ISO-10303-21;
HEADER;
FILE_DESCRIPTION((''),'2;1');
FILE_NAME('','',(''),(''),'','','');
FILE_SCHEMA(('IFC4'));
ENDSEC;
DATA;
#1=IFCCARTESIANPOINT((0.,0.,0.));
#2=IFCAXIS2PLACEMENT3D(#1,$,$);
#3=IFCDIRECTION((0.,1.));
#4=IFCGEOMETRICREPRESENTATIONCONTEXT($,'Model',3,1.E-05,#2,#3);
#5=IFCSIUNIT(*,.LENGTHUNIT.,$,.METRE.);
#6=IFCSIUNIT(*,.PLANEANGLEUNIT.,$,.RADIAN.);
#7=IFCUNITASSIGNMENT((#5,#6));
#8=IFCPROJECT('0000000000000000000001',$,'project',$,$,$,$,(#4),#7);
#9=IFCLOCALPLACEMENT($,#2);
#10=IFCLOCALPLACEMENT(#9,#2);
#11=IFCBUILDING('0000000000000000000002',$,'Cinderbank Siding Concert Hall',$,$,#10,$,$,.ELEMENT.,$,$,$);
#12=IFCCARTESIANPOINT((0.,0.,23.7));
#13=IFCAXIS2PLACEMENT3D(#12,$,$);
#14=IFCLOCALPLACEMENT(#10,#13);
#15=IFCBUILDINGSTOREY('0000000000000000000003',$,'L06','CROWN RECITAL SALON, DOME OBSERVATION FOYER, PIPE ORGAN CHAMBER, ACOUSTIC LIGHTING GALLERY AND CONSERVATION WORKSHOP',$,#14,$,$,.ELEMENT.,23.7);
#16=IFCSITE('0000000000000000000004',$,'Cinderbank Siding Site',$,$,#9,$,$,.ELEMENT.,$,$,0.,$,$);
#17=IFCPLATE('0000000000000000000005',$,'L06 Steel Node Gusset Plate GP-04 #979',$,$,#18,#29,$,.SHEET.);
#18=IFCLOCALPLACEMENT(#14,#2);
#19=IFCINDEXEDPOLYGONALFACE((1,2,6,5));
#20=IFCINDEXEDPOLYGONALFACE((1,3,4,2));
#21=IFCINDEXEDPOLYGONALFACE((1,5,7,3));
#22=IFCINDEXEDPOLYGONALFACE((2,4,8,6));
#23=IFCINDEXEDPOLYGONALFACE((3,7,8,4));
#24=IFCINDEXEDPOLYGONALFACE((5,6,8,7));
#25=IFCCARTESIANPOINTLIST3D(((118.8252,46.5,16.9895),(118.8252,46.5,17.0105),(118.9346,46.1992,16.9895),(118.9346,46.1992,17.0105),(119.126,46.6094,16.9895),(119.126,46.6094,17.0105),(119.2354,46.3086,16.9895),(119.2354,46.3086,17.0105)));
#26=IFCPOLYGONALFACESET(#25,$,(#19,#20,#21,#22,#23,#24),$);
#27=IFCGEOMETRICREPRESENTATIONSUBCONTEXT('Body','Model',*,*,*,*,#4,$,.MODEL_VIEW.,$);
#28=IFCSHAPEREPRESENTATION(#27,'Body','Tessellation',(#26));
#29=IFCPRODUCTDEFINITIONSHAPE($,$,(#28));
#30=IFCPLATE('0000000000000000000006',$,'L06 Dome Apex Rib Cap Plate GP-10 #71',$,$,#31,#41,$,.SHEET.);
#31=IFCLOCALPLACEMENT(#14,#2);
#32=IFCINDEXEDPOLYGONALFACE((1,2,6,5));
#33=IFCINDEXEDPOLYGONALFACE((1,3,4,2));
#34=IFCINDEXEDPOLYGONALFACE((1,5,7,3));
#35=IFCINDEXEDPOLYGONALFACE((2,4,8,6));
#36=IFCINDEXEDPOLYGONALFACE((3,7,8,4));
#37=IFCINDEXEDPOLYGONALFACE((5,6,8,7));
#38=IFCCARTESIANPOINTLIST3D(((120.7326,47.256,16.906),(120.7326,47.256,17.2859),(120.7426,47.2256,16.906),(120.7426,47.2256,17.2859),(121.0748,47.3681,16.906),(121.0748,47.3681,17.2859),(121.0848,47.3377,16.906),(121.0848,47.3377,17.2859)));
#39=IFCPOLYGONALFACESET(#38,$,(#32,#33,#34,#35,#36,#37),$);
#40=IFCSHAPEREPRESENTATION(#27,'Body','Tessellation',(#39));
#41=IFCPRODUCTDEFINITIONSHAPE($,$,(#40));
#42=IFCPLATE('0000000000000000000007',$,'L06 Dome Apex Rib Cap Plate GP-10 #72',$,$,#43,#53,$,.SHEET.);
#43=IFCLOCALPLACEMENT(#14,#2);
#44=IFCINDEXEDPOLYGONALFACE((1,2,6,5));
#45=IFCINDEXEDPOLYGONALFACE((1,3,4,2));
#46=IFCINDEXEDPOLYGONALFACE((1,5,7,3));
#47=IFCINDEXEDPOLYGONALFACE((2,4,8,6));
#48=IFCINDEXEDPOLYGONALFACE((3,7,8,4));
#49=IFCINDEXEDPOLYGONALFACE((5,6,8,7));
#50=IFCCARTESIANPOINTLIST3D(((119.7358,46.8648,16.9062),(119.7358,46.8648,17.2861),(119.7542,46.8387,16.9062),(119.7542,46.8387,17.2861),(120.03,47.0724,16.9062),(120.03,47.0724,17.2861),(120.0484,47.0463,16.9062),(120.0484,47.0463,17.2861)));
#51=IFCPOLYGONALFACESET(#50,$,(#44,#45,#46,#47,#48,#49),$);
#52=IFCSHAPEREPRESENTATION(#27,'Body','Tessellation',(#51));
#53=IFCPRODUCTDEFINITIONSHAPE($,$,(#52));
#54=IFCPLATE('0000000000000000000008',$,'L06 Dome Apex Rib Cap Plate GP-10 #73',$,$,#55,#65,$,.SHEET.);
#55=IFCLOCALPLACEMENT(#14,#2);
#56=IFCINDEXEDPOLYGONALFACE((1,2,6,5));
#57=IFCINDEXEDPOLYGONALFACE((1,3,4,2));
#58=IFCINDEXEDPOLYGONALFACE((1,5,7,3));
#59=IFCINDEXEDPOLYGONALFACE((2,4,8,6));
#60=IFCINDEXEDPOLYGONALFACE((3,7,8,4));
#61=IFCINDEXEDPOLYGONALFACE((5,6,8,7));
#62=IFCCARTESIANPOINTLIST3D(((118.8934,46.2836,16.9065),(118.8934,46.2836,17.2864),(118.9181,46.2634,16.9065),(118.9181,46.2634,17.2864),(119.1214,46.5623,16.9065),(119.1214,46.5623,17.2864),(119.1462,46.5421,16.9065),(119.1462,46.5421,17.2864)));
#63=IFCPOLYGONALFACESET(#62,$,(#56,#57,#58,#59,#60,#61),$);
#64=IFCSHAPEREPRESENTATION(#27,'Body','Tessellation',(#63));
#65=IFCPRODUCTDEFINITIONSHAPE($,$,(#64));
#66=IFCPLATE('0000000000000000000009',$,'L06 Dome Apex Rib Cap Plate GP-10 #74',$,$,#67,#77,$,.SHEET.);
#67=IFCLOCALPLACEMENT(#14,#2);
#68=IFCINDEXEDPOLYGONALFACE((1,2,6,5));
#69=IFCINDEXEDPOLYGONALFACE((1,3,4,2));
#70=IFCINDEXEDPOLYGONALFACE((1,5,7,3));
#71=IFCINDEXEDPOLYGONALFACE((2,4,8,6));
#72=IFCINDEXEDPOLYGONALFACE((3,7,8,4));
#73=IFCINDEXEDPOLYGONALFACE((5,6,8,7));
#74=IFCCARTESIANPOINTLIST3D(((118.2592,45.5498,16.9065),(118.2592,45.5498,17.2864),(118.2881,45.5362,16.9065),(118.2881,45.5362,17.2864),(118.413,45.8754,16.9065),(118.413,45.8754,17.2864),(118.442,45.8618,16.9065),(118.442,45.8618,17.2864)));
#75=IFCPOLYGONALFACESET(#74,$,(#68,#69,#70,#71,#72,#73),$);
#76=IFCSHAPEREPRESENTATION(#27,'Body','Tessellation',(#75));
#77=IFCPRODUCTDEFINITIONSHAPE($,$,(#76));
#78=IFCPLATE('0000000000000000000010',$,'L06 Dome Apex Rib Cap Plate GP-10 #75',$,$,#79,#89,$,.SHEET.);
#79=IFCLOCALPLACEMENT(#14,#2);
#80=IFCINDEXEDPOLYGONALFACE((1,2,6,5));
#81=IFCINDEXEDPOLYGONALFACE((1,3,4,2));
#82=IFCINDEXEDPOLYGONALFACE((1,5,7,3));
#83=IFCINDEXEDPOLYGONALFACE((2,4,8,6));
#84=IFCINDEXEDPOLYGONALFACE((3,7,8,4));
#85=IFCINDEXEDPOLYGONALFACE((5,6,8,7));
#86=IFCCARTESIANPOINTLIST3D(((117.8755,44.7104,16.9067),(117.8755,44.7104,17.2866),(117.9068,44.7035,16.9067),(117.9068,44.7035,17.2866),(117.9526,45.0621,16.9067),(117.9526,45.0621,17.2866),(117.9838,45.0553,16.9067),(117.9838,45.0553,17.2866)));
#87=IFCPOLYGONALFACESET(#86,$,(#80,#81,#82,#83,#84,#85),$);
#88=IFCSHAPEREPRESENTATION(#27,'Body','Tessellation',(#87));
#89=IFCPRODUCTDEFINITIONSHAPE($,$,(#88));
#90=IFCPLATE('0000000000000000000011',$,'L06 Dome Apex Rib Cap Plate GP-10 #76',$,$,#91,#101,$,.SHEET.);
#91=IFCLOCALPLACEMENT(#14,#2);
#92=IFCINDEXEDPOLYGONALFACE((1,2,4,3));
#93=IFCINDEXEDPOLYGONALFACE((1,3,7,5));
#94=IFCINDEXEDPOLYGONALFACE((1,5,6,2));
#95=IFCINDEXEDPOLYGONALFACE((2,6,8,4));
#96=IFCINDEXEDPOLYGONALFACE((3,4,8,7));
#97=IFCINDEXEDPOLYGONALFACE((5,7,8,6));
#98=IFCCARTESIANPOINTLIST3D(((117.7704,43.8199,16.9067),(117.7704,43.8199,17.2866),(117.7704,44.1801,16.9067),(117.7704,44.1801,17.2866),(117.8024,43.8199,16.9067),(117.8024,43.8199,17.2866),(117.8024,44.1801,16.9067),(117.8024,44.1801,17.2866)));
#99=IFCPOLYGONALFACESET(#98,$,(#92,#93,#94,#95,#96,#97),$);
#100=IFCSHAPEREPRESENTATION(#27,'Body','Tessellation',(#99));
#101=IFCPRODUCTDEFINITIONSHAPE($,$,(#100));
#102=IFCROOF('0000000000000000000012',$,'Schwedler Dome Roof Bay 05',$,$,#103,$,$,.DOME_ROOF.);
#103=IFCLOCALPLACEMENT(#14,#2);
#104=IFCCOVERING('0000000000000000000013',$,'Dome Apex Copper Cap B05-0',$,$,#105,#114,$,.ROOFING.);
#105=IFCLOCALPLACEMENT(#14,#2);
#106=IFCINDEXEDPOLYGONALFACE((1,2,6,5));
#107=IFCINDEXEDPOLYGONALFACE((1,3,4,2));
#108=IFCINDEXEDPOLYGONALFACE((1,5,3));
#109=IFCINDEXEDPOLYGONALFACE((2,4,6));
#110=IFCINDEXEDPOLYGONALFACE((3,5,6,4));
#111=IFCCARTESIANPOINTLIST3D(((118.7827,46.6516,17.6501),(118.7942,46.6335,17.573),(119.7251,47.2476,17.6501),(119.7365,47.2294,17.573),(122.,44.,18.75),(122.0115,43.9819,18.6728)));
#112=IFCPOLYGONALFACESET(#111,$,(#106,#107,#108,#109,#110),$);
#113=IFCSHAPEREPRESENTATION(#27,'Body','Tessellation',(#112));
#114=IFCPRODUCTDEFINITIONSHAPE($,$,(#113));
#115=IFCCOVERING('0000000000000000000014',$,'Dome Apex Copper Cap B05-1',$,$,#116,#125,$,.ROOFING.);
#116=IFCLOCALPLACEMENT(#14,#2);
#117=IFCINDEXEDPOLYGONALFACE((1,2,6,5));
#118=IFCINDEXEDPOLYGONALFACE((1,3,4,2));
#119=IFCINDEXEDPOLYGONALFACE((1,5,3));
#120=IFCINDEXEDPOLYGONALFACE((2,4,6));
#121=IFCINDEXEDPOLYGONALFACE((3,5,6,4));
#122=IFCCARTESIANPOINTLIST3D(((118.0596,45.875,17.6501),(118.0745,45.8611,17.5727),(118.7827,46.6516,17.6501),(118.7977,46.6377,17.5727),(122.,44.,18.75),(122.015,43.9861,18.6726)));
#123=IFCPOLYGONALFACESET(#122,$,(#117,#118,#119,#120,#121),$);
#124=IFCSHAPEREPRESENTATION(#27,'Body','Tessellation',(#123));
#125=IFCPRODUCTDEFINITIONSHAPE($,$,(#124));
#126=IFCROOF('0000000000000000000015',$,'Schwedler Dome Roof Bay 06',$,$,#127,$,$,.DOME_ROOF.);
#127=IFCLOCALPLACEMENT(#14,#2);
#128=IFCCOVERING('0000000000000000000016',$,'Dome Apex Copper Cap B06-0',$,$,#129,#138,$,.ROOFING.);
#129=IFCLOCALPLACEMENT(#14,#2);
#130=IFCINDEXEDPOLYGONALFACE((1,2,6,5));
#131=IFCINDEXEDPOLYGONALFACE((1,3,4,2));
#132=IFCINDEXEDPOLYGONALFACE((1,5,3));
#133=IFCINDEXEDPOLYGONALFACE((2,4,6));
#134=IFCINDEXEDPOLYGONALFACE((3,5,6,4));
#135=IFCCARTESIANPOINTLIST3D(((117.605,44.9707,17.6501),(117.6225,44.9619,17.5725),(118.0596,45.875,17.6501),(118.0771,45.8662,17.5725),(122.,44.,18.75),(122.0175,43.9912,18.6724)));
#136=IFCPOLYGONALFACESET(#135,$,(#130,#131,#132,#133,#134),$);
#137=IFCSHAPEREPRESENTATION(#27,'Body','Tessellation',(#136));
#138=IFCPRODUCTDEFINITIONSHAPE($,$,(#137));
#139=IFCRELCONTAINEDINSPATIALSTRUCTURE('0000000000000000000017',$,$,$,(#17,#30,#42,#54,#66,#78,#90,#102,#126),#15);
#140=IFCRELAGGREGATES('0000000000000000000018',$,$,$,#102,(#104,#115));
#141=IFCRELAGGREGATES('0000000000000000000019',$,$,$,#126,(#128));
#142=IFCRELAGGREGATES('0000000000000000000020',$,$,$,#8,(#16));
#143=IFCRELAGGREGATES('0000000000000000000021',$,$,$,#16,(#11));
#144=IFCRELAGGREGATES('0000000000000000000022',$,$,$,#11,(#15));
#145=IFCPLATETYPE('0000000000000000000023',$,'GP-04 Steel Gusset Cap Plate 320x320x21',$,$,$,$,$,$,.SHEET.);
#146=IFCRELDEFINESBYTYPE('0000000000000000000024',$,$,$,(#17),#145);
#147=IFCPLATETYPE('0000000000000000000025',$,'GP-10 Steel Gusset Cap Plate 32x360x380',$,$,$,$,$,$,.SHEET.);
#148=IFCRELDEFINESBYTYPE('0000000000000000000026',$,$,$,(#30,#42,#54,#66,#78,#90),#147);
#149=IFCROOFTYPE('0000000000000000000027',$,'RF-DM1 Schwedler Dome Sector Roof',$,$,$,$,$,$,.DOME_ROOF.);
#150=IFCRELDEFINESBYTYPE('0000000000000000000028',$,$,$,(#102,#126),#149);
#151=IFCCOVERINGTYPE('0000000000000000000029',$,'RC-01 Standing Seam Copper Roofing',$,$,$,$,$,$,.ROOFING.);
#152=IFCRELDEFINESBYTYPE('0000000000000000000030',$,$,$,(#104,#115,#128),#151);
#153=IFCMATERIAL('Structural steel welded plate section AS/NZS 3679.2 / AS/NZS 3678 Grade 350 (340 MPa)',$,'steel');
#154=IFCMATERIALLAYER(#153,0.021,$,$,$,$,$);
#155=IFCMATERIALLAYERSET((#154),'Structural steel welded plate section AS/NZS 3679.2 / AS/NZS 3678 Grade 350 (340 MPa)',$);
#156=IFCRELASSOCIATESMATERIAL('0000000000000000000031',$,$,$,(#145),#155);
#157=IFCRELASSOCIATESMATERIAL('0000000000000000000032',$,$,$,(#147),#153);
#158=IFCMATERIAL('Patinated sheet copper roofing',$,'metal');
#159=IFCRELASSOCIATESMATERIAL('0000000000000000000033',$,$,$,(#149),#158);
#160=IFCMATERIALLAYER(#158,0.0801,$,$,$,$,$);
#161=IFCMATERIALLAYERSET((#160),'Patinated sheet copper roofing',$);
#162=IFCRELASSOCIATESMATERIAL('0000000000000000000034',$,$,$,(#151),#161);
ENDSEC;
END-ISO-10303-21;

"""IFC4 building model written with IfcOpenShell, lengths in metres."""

from ifc_helpers import new_model, si_unit, direction, frame, origin, origin_2d, place, context, subcontext, project, spatial, polyline, rectangle, outline, extrude, material, layer, layer_set, type_object, element, aggregate, save


model = new_model("IFC4")

# Units and contexts
model_context = context("Model", 3, precision=1e-05, world=origin(), true_north=direction((0.0, 1.0)))
body_context = subcontext(model_context, "Body", "Model", "MODEL_VIEW")
ifc_project = project(units=[si_unit("LENGTHUNIT", "METRE"), si_unit("PLANEANGLEUNIT", "RADIAN")], contexts=[model_context])

# Site, building, storey
site_placement = place(None, origin())
site = spatial("IfcSite", under=ifc_project, at=site_placement, Name="Cinderbank Siding Site", CompositionType="ELEMENT", RefElevation=0.0)
building_placement = place(site_placement, origin())
building = spatial("IfcBuilding", under=site, at=building_placement, Name="Cinderbank Siding Concert Hall", CompositionType="ELEMENT")
storey_placement = place(building_placement, frame((0.0, 0.0, 23.7)))
storey = spatial("IfcBuildingStorey", under=building, at=storey_placement, Name="L06", Description="CROWN RECITAL SALON, DOME OBSERVATION FOYER, PIPE ORGAN CHAMBER, ACOUSTIC LIGHTING GALLERY AND CONSERVATION WORKSHOP", CompositionType="ELEMENT", Elevation=23.7)

# Plates
ifc_material_1 = material(Name="Structural steel welded plate section AS/NZS 3679.2 / AS/NZS 3678 Grade 350 (340 MPa)", Category="steel")
ifc_layer_1 = layer(ifc_material_1, 0.021)
ifc_layer_set_1 = layer_set([ifc_layer_1], Name="Structural steel welded plate section AS/NZS 3679.2 / AS/NZS 3678 Grade 350 (340 MPa)")
plate_type_1 = type_object("IfcPlateType", Name="GP-04 Steel Gusset Cap Plate 320x320x21", PredefinedType="SHEET", material=ifc_layer_set_1)
plate_1_placement = place(storey_placement, frame((119.0303, 46.4043, 16.9895), z_axis=(0.0, 0.0, 1.0), x_axis=(0.341692, -0.939812, 0.0)))
element("IfcPlate", 1, at=plate_1_placement, inside=storey, type_object=plate_type_1, Name="L06 Steel Node Gusset Plate GP-04 #979", PredefinedType="SHEET", context=body_context, shape_type="SweptSolid", body=[
    extrude(rectangle(XDim=0.3201, YDim=0.3201, at=origin_2d()), origin(), (0.0, 0.0, 1.0), 0.021),
])
plate_type_2 = type_object("IfcPlateType", Name="GP-10 Steel Gusset Cap Plate 32x360x380", PredefinedType="SHEET", material=ifc_material_1)
for number, where, z_axis, x_axis, name in (
    (2, (120.9087, 47.2969, 16.906), (0.0, 0.0, 1.0), (0.311174, -0.950353, 0.0), "L06 Dome Apex Rib Cap Plate GP-10 #71"),
    (3, (119.8921, 46.9556, 16.9062), (0.0, 0.0, 1.0), (0.576575, -0.817044, 0.0), "L06 Dome Apex Rib Cap Plate GP-10 #72"),
    (4, (119.0198, 46.4128, 16.9065), (0.0, 0.0, 1.0), (0.773951, -0.633246, 0.0), "L06 Dome Apex Rib Cap Plate GP-10 #73"),
    (5, (118.3506, 45.7058, 16.9065), (0.0, 0.0, 1.0), (0.904157, -0.4272, 0.0), "L06 Dome Apex Rib Cap Plate GP-10 #74"),
    (6, (117.9297, 44.8828, 16.9067), (0.0, 0.0, 1.0), (0.976822, -0.214053, 0.0), "L06 Dome Apex Rib Cap Plate GP-10 #75"),
    (7, (117.7864, 44.0, 16.9067), (0.0, 0.0, 1.0), (1.0, 0.0, 0.0), "L06 Dome Apex Rib Cap Plate GP-10 #76"),
):
    element("IfcPlate", number, at=place(storey_placement, frame(where, z_axis=z_axis, x_axis=x_axis)), inside=storey, type_object=plate_type_2, Name=name, PredefinedType="SHEET", context=body_context, shape_type="SweptSolid", body=[
        extrude(rectangle(XDim=0.032, YDim=0.3601, at=origin_2d()), origin(), (0.0, 0.0, 1.0), 0.3799),
    ])

# Roof, coverings
ifc_material_2 = material(Name="Patinated sheet copper roofing", Category="metal")
roof_type = type_object("IfcRoofType", Name="RF-DM1 Schwedler Dome Sector Roof", PredefinedType="DOME_ROOF", material=ifc_material_2)
roof_1_placement = place(storey_placement, origin())
roof_1 = element("IfcRoof", 8, at=roof_1_placement, inside=storey, type_object=roof_type, Name="Schwedler Dome Roof Bay 05", PredefinedType="DOME_ROOF")
ifc_layer_2 = layer(ifc_material_2, 0.0801)
ifc_layer_set_2 = layer_set([ifc_layer_2], Name="Patinated sheet copper roofing")
covering_type = type_object("IfcCoveringType", Name="RC-01 Standing Seam Copper Roofing", PredefinedType="ROOFING", material=ifc_layer_set_2)
covering_1_placement = place(storey_placement, frame((119.7251, 47.2476, 17.6501), z_axis=(-0.14301, 0.226145, 0.963539), x_axis=(-0.845182, -0.534479, 0.0)))
covering_1 = element("IfcCovering", 9, at=covering_1_placement, type_object=covering_type, Name="Dome Apex Copper Cap B05-0", PredefinedType="ROOFING", context=body_context, shape_type="SweptSolid", body=[
    extrude(outline(polyline([(0.0, 0.0), (1.115, 0.0), (-0.187, 4.1105), (0.0, 0.0)])), origin(), (0.0, 0.0, -1.0), 0.0801),
])
covering_2_placement = place(storey_placement, frame((118.7827, 46.6516, 17.6501), z_axis=(-0.187, 0.174125, 0.966805), x_axis=(-0.681465, -0.73185, 0.0)))
covering_2 = element("IfcCovering", 10, at=covering_2_placement, type_object=covering_type, Name="Dome Apex Copper Cap B05-1", PredefinedType="ROOFING", context=body_context, shape_type="SweptSolid", body=[
    extrude(outline(polyline([(0.0, 0.0), (1.0612, 0.0), (-0.2519, 4.3044), (0.0, 0.0)])), origin(), (0.0, 0.0, -1.0), 0.0801),
])
aggregate(roof_1, [covering_1, covering_2])

# Roof, covering
roof_2_placement = place(storey_placement, origin())
roof_2 = element("IfcRoof", 11, at=roof_2_placement, inside=storey, type_object=roof_type, Name="Schwedler Dome Roof Bay 06", PredefinedType="DOME_ROOF")
covering_3_placement = place(storey_placement, frame((118.0596, 45.875, 17.6501), z_axis=(-0.218408, 0.109794, 0.969661), x_axis=(-0.449142, -0.89346, 0.0)))
covering_3 = element("IfcCovering", 12, at=covering_3_placement, type_object=covering_type, Name="Dome Apex Copper Cap B06-0", PredefinedType="ROOFING", context=body_context, shape_type="SweptSolid", body=[
    extrude(outline(polyline([(0.0, 0.0), (1.0121, 0.0), (-0.0946, 4.4993), (0.0, 0.0)])), origin(), (0.0, 0.0, -1.0), 0.0801),
])
aggregate(roof_2, [covering_3])

save(model, "model.ifc")
